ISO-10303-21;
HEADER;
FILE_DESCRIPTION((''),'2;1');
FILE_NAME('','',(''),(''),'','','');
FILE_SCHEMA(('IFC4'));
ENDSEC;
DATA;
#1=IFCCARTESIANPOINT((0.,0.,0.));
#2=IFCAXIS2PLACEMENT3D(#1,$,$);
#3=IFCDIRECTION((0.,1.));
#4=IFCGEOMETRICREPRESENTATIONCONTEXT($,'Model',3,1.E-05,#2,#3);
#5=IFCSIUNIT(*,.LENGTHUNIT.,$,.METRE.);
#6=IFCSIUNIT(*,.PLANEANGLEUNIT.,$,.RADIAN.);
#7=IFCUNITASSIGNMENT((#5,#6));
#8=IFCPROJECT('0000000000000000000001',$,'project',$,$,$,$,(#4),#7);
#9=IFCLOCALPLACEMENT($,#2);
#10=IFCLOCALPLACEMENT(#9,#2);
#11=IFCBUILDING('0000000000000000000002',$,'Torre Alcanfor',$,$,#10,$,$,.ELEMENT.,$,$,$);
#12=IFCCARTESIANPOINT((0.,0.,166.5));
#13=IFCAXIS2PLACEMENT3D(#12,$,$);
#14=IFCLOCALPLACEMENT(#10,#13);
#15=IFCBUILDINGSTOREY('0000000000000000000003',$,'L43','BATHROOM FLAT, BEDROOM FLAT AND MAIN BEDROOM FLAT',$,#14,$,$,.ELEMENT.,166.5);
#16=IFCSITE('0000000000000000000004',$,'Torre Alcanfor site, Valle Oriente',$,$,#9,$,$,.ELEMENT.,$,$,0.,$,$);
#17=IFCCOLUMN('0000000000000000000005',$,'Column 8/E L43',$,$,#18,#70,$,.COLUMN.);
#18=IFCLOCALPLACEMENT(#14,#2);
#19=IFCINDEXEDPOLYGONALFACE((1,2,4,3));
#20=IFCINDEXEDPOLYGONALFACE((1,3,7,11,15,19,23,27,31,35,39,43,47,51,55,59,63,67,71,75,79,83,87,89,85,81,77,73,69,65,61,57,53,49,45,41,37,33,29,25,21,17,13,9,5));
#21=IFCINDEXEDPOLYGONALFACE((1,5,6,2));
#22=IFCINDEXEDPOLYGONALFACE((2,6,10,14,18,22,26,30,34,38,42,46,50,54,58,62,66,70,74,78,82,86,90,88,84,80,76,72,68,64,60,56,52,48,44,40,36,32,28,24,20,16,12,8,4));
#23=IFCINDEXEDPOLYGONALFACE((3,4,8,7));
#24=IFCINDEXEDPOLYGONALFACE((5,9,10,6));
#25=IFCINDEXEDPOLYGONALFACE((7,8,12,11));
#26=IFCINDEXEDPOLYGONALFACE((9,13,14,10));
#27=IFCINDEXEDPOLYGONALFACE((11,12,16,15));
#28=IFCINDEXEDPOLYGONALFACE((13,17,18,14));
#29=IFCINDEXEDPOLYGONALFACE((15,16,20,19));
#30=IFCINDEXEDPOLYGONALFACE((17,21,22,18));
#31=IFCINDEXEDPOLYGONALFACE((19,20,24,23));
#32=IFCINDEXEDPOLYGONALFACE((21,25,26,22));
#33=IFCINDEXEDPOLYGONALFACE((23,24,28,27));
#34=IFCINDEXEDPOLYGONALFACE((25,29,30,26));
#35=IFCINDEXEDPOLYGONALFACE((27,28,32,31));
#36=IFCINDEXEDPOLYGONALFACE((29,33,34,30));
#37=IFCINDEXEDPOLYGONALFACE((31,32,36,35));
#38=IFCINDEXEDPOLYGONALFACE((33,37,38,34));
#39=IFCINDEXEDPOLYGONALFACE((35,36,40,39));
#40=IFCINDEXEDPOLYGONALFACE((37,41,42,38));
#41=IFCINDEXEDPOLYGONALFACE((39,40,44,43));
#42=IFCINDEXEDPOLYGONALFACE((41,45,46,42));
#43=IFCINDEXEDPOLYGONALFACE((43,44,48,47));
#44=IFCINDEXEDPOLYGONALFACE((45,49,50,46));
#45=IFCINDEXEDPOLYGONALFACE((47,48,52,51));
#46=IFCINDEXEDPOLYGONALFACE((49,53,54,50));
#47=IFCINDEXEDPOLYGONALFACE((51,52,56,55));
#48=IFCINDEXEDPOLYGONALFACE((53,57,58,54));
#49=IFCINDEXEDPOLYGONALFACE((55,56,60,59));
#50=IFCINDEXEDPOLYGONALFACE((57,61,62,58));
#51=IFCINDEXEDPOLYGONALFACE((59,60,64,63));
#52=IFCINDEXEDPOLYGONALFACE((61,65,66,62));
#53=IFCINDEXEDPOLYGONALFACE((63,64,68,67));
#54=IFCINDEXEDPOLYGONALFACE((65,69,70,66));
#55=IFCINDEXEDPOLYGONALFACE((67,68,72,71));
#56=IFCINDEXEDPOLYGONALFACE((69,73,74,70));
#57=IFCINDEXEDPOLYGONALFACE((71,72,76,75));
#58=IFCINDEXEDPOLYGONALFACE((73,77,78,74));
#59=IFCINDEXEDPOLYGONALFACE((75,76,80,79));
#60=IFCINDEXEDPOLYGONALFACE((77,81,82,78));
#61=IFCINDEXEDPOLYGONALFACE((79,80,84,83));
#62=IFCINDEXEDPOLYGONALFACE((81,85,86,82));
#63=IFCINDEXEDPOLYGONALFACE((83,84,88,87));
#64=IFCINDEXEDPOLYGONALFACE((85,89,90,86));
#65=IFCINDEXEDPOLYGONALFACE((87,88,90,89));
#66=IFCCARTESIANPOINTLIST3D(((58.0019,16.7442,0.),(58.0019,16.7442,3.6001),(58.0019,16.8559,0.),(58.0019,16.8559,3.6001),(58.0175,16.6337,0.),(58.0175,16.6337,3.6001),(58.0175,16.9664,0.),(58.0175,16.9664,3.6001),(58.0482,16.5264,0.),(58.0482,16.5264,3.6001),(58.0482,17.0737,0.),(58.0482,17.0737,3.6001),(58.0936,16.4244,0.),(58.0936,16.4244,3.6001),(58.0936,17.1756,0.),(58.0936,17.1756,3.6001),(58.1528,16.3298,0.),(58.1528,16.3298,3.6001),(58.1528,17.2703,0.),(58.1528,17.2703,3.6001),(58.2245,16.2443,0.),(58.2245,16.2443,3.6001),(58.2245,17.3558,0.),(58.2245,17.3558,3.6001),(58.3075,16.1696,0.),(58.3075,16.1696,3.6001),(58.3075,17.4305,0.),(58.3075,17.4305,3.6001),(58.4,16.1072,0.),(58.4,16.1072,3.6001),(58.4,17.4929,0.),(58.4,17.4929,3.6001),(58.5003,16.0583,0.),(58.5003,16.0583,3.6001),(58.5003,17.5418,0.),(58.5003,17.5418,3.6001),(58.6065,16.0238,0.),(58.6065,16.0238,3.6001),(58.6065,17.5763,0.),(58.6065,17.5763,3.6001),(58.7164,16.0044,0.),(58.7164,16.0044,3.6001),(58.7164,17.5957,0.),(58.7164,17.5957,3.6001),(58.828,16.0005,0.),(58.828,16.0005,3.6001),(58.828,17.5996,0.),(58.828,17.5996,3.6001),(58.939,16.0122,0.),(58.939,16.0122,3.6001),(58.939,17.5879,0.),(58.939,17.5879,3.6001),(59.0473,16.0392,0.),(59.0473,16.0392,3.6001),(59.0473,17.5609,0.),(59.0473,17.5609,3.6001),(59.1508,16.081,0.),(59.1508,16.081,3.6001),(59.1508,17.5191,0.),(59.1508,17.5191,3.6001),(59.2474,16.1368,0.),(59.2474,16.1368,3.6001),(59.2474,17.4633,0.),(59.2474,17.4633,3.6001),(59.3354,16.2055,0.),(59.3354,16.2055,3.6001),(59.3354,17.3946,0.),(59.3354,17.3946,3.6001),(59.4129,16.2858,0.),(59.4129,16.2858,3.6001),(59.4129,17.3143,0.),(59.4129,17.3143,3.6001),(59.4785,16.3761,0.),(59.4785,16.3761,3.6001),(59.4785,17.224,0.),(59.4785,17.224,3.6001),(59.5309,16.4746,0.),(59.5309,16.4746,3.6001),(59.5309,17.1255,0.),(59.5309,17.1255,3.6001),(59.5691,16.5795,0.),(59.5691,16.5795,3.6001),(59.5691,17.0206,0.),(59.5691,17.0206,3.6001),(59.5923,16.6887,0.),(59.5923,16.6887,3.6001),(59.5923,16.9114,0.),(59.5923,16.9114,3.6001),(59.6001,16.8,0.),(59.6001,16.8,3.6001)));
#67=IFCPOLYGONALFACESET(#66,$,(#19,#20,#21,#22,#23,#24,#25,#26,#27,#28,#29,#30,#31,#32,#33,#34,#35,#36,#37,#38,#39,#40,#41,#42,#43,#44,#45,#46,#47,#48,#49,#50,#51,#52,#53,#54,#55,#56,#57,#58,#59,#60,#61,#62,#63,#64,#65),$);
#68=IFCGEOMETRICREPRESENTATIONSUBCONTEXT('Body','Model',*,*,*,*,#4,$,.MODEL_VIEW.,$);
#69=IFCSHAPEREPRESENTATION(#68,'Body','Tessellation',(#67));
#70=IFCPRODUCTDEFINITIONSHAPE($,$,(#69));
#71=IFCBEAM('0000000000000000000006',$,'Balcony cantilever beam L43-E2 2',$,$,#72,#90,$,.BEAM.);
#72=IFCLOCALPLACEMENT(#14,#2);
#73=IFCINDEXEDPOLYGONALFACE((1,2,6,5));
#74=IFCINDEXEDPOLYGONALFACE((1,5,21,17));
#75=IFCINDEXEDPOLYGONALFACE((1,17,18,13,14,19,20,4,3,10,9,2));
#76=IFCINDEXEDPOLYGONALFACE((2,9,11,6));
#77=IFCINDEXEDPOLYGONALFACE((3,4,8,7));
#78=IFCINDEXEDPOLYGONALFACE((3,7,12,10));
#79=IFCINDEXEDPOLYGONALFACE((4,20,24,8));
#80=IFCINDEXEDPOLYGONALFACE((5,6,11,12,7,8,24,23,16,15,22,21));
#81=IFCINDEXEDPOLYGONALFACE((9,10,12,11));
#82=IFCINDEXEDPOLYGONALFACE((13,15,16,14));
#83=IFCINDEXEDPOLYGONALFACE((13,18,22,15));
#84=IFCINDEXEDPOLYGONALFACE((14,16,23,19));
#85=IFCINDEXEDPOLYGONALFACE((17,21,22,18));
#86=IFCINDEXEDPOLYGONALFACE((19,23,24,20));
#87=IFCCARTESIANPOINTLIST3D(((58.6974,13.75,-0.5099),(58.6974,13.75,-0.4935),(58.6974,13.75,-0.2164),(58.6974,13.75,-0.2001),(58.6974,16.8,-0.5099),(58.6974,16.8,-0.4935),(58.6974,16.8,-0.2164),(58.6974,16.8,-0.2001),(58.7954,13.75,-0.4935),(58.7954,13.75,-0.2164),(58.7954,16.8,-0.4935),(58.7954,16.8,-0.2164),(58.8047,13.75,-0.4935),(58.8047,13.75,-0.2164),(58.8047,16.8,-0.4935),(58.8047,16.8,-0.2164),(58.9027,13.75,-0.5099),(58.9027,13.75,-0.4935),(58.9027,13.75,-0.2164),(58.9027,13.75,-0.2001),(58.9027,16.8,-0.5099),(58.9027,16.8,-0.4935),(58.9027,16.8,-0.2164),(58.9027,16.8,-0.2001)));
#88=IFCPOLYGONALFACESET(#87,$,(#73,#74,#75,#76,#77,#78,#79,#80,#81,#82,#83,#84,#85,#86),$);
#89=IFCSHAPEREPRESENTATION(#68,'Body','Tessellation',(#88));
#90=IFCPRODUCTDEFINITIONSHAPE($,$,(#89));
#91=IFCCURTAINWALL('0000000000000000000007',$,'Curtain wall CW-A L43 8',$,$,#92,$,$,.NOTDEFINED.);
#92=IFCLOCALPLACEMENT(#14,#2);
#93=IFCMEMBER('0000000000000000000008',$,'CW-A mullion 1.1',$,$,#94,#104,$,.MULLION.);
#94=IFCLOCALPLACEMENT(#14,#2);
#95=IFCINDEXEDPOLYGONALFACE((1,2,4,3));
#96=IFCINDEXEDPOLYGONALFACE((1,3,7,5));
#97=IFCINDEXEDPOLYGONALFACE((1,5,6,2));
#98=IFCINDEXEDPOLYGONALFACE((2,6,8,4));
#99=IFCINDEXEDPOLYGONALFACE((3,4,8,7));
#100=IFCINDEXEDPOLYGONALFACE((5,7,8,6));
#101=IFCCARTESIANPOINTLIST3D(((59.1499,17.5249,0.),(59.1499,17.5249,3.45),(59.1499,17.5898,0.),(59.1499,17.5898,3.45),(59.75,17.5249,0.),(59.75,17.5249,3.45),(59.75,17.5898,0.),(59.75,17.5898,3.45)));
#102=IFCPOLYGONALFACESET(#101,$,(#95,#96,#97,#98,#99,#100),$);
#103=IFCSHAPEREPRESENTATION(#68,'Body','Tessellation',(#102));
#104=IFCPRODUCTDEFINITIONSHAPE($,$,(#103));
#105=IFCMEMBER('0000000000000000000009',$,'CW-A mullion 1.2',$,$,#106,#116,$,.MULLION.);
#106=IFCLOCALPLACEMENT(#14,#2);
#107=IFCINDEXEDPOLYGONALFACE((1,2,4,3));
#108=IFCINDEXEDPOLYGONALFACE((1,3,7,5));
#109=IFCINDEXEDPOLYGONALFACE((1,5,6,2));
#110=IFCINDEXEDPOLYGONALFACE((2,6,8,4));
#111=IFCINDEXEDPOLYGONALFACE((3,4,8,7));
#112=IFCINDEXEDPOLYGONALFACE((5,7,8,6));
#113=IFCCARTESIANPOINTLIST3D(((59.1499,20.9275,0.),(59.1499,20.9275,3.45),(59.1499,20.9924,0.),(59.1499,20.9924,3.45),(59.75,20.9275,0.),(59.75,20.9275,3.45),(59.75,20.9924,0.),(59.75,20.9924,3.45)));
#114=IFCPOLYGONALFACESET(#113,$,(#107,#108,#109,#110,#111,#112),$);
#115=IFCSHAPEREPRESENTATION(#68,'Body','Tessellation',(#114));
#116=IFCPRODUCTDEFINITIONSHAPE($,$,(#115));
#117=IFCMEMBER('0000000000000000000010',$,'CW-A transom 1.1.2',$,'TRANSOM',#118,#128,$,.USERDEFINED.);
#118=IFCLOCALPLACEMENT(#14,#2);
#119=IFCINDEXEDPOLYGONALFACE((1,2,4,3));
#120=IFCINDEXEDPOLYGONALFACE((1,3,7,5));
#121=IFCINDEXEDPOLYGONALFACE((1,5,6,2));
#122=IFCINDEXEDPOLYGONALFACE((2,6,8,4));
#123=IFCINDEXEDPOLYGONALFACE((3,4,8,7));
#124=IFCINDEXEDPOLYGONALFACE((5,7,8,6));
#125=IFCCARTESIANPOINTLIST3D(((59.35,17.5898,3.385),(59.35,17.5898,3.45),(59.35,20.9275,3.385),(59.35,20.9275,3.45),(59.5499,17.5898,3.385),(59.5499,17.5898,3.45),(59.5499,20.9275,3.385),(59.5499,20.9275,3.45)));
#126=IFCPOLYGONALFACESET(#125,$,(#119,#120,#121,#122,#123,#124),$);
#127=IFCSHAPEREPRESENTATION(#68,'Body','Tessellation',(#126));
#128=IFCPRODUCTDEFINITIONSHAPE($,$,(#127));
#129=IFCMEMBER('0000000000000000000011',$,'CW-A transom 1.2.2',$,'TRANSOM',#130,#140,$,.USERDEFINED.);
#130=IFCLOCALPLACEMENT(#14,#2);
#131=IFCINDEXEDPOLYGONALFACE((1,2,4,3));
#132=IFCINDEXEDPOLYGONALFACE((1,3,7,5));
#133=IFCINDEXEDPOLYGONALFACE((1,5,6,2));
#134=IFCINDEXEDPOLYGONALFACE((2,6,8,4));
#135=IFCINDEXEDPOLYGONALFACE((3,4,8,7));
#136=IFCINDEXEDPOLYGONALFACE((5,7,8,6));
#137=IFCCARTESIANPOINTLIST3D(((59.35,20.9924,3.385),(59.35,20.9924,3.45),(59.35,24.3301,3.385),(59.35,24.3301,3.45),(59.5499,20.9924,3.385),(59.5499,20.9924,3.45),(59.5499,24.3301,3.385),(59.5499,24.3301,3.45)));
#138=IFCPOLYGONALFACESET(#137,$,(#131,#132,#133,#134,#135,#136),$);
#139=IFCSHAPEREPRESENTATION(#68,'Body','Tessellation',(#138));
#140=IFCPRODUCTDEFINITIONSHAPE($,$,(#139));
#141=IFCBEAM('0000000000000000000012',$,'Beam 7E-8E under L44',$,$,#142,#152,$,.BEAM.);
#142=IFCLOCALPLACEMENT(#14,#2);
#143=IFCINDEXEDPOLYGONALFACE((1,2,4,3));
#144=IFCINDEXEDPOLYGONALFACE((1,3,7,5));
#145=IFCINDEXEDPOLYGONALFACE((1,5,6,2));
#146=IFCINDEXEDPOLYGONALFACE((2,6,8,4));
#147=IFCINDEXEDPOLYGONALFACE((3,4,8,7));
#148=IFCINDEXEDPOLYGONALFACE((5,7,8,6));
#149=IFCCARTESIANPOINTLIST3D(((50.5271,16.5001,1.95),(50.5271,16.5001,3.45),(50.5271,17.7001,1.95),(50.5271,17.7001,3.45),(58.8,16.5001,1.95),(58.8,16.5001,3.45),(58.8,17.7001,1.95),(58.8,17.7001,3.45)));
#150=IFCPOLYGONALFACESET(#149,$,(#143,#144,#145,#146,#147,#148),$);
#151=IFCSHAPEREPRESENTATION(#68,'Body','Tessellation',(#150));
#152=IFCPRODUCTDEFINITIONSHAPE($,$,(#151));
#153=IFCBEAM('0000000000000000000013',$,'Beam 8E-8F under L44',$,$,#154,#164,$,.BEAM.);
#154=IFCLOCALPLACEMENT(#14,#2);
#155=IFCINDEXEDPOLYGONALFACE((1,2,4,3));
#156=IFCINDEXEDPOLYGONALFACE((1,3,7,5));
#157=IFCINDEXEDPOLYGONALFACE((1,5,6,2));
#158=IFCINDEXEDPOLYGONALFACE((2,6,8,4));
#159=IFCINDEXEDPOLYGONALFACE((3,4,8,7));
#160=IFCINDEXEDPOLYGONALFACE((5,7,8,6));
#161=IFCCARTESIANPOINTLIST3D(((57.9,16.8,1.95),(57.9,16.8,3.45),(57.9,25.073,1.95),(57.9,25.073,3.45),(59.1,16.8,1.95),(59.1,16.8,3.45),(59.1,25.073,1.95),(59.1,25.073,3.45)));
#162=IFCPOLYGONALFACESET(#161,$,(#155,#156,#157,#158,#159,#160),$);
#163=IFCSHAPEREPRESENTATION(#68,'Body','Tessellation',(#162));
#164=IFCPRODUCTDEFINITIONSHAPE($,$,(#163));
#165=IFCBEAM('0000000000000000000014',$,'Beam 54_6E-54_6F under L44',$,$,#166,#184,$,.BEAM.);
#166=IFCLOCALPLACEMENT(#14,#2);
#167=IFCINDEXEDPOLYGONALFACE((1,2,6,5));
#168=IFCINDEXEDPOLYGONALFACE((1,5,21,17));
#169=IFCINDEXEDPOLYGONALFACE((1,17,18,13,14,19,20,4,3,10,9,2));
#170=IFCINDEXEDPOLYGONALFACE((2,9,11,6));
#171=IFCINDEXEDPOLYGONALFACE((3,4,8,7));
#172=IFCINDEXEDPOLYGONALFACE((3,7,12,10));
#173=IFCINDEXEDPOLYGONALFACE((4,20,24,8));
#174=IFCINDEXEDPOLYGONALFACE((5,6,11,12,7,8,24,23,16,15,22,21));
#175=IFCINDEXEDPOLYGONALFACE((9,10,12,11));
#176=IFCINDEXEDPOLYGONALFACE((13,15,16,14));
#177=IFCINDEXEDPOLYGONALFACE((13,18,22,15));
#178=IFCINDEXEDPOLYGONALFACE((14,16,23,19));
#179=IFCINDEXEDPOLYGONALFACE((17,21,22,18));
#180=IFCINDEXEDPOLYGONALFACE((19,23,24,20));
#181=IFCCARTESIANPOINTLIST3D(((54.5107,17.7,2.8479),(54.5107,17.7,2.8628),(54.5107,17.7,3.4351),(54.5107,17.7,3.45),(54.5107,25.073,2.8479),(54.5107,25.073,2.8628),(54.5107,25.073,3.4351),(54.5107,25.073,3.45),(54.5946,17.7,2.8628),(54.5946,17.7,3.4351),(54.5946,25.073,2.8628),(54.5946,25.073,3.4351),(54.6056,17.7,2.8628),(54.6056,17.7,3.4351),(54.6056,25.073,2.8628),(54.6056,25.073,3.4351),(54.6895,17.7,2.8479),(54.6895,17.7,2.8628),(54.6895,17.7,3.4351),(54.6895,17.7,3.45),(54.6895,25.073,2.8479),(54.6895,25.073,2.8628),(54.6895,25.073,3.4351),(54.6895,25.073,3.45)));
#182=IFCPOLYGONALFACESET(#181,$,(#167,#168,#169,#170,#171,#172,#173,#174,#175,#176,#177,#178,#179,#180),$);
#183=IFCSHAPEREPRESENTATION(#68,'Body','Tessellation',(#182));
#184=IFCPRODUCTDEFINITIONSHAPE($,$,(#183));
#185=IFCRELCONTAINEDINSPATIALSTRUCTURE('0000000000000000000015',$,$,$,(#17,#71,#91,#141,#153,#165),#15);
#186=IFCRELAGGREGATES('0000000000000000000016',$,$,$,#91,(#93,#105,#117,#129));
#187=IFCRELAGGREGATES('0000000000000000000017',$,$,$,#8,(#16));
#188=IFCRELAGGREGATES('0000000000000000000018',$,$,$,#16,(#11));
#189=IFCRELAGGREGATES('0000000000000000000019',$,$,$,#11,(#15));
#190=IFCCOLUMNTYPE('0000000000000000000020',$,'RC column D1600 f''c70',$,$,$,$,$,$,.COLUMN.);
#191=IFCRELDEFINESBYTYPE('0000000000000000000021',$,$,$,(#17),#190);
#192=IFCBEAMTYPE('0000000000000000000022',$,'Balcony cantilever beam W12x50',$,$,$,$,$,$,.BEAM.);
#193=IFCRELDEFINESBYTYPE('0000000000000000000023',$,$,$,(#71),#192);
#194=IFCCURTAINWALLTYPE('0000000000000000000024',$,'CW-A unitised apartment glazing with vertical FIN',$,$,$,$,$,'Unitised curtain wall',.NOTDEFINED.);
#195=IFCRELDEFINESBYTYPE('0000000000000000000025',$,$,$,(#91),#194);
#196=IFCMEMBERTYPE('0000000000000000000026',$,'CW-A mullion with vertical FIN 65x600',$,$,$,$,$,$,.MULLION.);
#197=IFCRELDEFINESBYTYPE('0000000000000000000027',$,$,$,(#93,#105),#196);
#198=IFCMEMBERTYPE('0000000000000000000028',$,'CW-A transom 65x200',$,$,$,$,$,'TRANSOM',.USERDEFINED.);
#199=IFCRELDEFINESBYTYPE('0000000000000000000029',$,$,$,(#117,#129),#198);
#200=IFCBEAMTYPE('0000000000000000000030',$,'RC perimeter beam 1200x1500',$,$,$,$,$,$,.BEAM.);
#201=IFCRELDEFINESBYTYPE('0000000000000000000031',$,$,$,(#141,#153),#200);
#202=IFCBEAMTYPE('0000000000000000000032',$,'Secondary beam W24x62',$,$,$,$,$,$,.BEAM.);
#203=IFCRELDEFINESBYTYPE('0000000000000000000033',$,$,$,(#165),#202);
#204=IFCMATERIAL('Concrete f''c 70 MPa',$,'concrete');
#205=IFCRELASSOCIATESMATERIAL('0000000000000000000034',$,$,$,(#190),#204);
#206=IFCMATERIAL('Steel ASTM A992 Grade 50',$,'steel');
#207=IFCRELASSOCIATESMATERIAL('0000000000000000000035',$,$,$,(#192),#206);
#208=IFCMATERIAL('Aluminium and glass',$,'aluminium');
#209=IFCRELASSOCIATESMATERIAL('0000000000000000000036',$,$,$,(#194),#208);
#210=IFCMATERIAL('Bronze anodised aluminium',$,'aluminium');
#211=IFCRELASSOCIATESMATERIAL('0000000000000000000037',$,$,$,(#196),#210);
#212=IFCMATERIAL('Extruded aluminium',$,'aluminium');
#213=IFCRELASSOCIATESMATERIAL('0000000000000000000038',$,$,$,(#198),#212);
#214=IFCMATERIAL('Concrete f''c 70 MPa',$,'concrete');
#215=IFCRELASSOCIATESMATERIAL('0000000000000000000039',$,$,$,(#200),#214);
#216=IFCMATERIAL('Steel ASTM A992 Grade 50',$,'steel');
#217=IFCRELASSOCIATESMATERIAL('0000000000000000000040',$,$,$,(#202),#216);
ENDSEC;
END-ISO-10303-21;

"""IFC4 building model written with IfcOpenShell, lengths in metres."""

from ifc_helpers import new_model, si_unit, direction, frame, origin, origin_2d, place, context, subcontext, project, spatial, rectangle, circle, i_section, extrude, material, material_profile, profile_set, type_object, element, aggregate, save


model = new_model("IFC4")

# Units and contexts
model_context = context("Model", 3, precision=1e-05, world=origin(), true_north=direction((0.0, 1.0)))
body_context = subcontext(model_context, "Body", "Model", "MODEL_VIEW")
ifc_project = project(units=[si_unit("LENGTHUNIT", "METRE"), si_unit("PLANEANGLEUNIT", "RADIAN")], contexts=[model_context])

# Site, building, storey
site_placement = place(None, origin())
site = spatial("IfcSite", under=ifc_project, at=site_placement, Name="Torre Alcanfor site, Valle Oriente", CompositionType="ELEMENT", RefElevation=0.0)
building_placement = place(site_placement, origin())
building = spatial("IfcBuilding", under=site, at=building_placement, Name="Torre Alcanfor", CompositionType="ELEMENT")
storey_placement = place(building_placement, frame((0.0, 0.0, 166.5)))
storey = spatial("IfcBuildingStorey", under=building, at=storey_placement, Name="L43", Description="BATHROOM FLAT, BEDROOM FLAT AND MAIN BEDROOM FLAT", CompositionType="ELEMENT", Elevation=166.5)

# Column
ifc_material_1 = material(Name="Concrete f'c 70 MPa", Category="concrete")
ifc_material_profile_1 = material_profile(ifc_material_1, circle(Radius=0.8, at=origin_2d()), Name="D1600")
ifc_profile_set_1 = profile_set([ifc_material_profile_1], Name="Concrete f'c 70 MPa")
column_type = type_object("IfcColumnType", Name="RC column D1600 f'c70", PredefinedType="COLUMN", material=ifc_profile_set_1)
column_placement = place(storey_placement, frame((58.8, 16.8, 0.0), z_axis=(0.0, 0.0, 1.0), x_axis=(1.0, 0.0, 0.0)))
element("IfcColumn", 1, at=column_placement, inside=storey, type_object=column_type, Name="Column 8/E L43", PredefinedType="COLUMN", context=body_context, shape_type="SweptSolid", body=[
    extrude(circle(Radius=0.8, at=origin_2d()), origin(), (0.0, 0.0, 1.0), 3.6001),
])

# Beam
ifc_material_2 = material(Name="Steel ASTM A992 Grade 50", Category="steel")
ifc_material_profile_2 = material_profile(ifc_material_2, i_section(OverallWidth=0.2053, OverallDepth=0.3098, WebThickness=0.0093, FlangeThickness=0.0164, at=origin_2d()), Name="W12x50")
ifc_profile_set_2 = profile_set([ifc_material_profile_2], Name="Steel ASTM A992 Grade 50")
beam_type_1 = type_object("IfcBeamType", Name="Balcony cantilever beam W12x50", PredefinedType="BEAM", material=ifc_profile_set_2)
beam_1_placement = place(storey_placement, frame((58.8, 16.8, -0.355), z_axis=(0.0, -1.0, 0.0), x_axis=(1.0, 0.0, 0.0)))
element("IfcBeam", 2, at=beam_1_placement, inside=storey, type_object=beam_type_1, Name="Balcony cantilever beam L43-E2 2", PredefinedType="BEAM", context=body_context, shape_type="SweptSolid", body=[
    extrude(i_section(OverallWidth=0.2053, OverallDepth=0.3098, WebThickness=0.0093, FlangeThickness=0.0164, at=origin_2d()), origin(), (0.0, 0.0, 1.0), 3.05),
])

# Curtain wall, members
ifc_material_3 = material(Name="Aluminium and glass", Category="aluminium")
curtain_wall_type = type_object("IfcCurtainWallType", Name="CW-A unitised apartment glazing with vertical FIN", ElementType="Unitised curtain wall", PredefinedType="NOTDEFINED", material=ifc_material_3)
curtain_wall_placement = place(storey_placement, origin())
curtain_wall = element("IfcCurtainWall", 3, at=curtain_wall_placement, inside=storey, type_object=curtain_wall_type, Name="Curtain wall CW-A L43 8", PredefinedType="NOTDEFINED")
ifc_material_4 = material(Name="Bronze anodised aluminium", Category="aluminium")
ifc_material_profile_3 = material_profile(ifc_material_4, rectangle(XDim=0.6001, YDim=0.0649, at=origin_2d()), Name="CW-A mullion 65x600")
ifc_profile_set_3 = profile_set([ifc_material_profile_3], Name="Bronze anodised aluminium")
member_type_1 = type_object("IfcMemberType", Name="CW-A mullion with vertical FIN 65x600", PredefinedType="MULLION", material=ifc_profile_set_3)
member_1_placement = place(storey_placement, frame((59.45, 17.5574, 0.0), z_axis=(0.0, 0.0, 1.0), x_axis=(-1.0, 0.0, 0.0)))
member_1 = element("IfcMember", 4, at=member_1_placement, type_object=member_type_1, Name="CW-A mullion 1.1", PredefinedType="MULLION", context=body_context, shape_type="SweptSolid", body=[
    extrude(rectangle(XDim=0.6001, YDim=0.0649, at=origin_2d()), origin(), (0.0, 0.0, 1.0), 3.45),
])
member_2_placement = place(storey_placement, frame((59.45, 20.96, 0.0), z_axis=(0.0, 0.0, 1.0), x_axis=(-1.0, 0.0, 0.0)))
member_2 = element("IfcMember", 5, at=member_2_placement, type_object=member_type_1, Name="CW-A mullion 1.2", PredefinedType="MULLION", context=body_context, shape_type="SweptSolid", body=[
    extrude(rectangle(XDim=0.6001, YDim=0.0649, at=origin_2d()), origin(), (0.0, 0.0, 1.0), 3.45),
])
ifc_material_5 = material(Name="Extruded aluminium", Category="aluminium")
ifc_material_profile_4 = material_profile(ifc_material_5, rectangle(XDim=0.2, YDim=0.0649, at=origin_2d()), Name="CW-A transom 200x65")
ifc_profile_set_4 = profile_set([ifc_material_profile_4], Name="Extruded aluminium")
member_type_2 = type_object("IfcMemberType", Name="CW-A transom 65x200", ElementType="TRANSOM", PredefinedType="USERDEFINED", material=ifc_profile_set_4)
member_3_placement = place(storey_placement, frame((59.45, 17.5898, 3.4175), z_axis=(0.0, 1.0, 0.0), x_axis=(-1.0, 0.0, 0.0)))
member_3 = element("IfcMember", 6, at=member_3_placement, type_object=member_type_2, Name="CW-A transom 1.1.2", ObjectType="TRANSOM", PredefinedType="USERDEFINED", context=body_context, shape_type="SweptSolid", body=[
    extrude(rectangle(XDim=0.2, YDim=0.0649, at=origin_2d()), origin(), (0.0, 0.0, 1.0), 3.3376),
])
member_4_placement = place(storey_placement, frame((59.45, 20.9924, 3.4175), z_axis=(0.0, 1.0, 0.0), x_axis=(-1.0, 0.0, 0.0)))
member_4 = element("IfcMember", 7, at=member_4_placement, type_object=member_type_2, Name="CW-A transom 1.2.2", ObjectType="TRANSOM", PredefinedType="USERDEFINED", context=body_context, shape_type="SweptSolid", body=[
    extrude(rectangle(XDim=0.2, YDim=0.0649, at=origin_2d()), origin(), (0.0, 0.0, 1.0), 3.3376),
])

# Beams
ifc_material_6 = material(Name="Concrete f'c 70 MPa", Category="concrete")
ifc_material_profile_5 = material_profile(ifc_material_6, rectangle(XDim=1.2, YDim=1.5, at=origin_2d()), Name="1200x1500")
ifc_profile_set_5 = profile_set([ifc_material_profile_5], Name="Concrete f'c 70 MPa")
beam_type_2 = type_object("IfcBeamType", Name="RC perimeter beam 1200x1500", PredefinedType="BEAM", material=ifc_profile_set_5)
for number, where, z_axis, x_axis, name in (
    (8, (50.5271, 17.1001, 2.7), (1.0, 0.0, 0.0), (0.0, 1.0, 0.0), "Beam 7E-8E under L44"),
    (9, (58.5, 16.8, 2.7), (0.0, 1.0, 0.0), (-1.0, 0.0, 0.0), "Beam 8E-8F under L44"),
):
    element("IfcBeam", number, at=place(storey_placement, frame(where, z_axis=z_axis, x_axis=x_axis)), inside=storey, type_object=beam_type_2, Name=name, PredefinedType="BEAM", context=body_context, shape_type="SweptSolid", body=[
        extrude(rectangle(XDim=1.2, YDim=1.5, at=origin_2d()), origin(), (0.0, 0.0, 1.0), 8.2729),
    ])
ifc_material_7 = material(Name="Steel ASTM A992 Grade 50", Category="steel")
ifc_material_profile_6 = material_profile(ifc_material_7, i_section(OverallWidth=0.1787, OverallDepth=0.6021, WebThickness=0.011, FlangeThickness=0.0149, at=origin_2d()), Name="W24x62")
ifc_profile_set_6 = profile_set([ifc_material_profile_6], Name="Steel ASTM A992 Grade 50")
beam_type_3 = type_object("IfcBeamType", Name="Secondary beam W24x62", PredefinedType="BEAM", material=ifc_profile_set_6)
beam_2_placement = place(storey_placement, frame((54.6001, 17.7, 3.1489), z_axis=(0.0, 1.0, 0.0), x_axis=(-1.0, 0.0, 0.0)))
element("IfcBeam", 10, at=beam_2_placement, inside=storey, type_object=beam_type_3, Name="Beam 54_6E-54_6F under L44", PredefinedType="BEAM", context=body_context, shape_type="SweptSolid", body=[
    extrude(i_section(OverallWidth=0.1787, OverallDepth=0.6021, WebThickness=0.011, FlangeThickness=0.0149, at=origin_2d()), origin(), (0.0, 0.0, 1.0), 7.373),
])

aggregate(curtain_wall, [member_1, member_2, member_3, member_4])

save(model, "model.ifc")
